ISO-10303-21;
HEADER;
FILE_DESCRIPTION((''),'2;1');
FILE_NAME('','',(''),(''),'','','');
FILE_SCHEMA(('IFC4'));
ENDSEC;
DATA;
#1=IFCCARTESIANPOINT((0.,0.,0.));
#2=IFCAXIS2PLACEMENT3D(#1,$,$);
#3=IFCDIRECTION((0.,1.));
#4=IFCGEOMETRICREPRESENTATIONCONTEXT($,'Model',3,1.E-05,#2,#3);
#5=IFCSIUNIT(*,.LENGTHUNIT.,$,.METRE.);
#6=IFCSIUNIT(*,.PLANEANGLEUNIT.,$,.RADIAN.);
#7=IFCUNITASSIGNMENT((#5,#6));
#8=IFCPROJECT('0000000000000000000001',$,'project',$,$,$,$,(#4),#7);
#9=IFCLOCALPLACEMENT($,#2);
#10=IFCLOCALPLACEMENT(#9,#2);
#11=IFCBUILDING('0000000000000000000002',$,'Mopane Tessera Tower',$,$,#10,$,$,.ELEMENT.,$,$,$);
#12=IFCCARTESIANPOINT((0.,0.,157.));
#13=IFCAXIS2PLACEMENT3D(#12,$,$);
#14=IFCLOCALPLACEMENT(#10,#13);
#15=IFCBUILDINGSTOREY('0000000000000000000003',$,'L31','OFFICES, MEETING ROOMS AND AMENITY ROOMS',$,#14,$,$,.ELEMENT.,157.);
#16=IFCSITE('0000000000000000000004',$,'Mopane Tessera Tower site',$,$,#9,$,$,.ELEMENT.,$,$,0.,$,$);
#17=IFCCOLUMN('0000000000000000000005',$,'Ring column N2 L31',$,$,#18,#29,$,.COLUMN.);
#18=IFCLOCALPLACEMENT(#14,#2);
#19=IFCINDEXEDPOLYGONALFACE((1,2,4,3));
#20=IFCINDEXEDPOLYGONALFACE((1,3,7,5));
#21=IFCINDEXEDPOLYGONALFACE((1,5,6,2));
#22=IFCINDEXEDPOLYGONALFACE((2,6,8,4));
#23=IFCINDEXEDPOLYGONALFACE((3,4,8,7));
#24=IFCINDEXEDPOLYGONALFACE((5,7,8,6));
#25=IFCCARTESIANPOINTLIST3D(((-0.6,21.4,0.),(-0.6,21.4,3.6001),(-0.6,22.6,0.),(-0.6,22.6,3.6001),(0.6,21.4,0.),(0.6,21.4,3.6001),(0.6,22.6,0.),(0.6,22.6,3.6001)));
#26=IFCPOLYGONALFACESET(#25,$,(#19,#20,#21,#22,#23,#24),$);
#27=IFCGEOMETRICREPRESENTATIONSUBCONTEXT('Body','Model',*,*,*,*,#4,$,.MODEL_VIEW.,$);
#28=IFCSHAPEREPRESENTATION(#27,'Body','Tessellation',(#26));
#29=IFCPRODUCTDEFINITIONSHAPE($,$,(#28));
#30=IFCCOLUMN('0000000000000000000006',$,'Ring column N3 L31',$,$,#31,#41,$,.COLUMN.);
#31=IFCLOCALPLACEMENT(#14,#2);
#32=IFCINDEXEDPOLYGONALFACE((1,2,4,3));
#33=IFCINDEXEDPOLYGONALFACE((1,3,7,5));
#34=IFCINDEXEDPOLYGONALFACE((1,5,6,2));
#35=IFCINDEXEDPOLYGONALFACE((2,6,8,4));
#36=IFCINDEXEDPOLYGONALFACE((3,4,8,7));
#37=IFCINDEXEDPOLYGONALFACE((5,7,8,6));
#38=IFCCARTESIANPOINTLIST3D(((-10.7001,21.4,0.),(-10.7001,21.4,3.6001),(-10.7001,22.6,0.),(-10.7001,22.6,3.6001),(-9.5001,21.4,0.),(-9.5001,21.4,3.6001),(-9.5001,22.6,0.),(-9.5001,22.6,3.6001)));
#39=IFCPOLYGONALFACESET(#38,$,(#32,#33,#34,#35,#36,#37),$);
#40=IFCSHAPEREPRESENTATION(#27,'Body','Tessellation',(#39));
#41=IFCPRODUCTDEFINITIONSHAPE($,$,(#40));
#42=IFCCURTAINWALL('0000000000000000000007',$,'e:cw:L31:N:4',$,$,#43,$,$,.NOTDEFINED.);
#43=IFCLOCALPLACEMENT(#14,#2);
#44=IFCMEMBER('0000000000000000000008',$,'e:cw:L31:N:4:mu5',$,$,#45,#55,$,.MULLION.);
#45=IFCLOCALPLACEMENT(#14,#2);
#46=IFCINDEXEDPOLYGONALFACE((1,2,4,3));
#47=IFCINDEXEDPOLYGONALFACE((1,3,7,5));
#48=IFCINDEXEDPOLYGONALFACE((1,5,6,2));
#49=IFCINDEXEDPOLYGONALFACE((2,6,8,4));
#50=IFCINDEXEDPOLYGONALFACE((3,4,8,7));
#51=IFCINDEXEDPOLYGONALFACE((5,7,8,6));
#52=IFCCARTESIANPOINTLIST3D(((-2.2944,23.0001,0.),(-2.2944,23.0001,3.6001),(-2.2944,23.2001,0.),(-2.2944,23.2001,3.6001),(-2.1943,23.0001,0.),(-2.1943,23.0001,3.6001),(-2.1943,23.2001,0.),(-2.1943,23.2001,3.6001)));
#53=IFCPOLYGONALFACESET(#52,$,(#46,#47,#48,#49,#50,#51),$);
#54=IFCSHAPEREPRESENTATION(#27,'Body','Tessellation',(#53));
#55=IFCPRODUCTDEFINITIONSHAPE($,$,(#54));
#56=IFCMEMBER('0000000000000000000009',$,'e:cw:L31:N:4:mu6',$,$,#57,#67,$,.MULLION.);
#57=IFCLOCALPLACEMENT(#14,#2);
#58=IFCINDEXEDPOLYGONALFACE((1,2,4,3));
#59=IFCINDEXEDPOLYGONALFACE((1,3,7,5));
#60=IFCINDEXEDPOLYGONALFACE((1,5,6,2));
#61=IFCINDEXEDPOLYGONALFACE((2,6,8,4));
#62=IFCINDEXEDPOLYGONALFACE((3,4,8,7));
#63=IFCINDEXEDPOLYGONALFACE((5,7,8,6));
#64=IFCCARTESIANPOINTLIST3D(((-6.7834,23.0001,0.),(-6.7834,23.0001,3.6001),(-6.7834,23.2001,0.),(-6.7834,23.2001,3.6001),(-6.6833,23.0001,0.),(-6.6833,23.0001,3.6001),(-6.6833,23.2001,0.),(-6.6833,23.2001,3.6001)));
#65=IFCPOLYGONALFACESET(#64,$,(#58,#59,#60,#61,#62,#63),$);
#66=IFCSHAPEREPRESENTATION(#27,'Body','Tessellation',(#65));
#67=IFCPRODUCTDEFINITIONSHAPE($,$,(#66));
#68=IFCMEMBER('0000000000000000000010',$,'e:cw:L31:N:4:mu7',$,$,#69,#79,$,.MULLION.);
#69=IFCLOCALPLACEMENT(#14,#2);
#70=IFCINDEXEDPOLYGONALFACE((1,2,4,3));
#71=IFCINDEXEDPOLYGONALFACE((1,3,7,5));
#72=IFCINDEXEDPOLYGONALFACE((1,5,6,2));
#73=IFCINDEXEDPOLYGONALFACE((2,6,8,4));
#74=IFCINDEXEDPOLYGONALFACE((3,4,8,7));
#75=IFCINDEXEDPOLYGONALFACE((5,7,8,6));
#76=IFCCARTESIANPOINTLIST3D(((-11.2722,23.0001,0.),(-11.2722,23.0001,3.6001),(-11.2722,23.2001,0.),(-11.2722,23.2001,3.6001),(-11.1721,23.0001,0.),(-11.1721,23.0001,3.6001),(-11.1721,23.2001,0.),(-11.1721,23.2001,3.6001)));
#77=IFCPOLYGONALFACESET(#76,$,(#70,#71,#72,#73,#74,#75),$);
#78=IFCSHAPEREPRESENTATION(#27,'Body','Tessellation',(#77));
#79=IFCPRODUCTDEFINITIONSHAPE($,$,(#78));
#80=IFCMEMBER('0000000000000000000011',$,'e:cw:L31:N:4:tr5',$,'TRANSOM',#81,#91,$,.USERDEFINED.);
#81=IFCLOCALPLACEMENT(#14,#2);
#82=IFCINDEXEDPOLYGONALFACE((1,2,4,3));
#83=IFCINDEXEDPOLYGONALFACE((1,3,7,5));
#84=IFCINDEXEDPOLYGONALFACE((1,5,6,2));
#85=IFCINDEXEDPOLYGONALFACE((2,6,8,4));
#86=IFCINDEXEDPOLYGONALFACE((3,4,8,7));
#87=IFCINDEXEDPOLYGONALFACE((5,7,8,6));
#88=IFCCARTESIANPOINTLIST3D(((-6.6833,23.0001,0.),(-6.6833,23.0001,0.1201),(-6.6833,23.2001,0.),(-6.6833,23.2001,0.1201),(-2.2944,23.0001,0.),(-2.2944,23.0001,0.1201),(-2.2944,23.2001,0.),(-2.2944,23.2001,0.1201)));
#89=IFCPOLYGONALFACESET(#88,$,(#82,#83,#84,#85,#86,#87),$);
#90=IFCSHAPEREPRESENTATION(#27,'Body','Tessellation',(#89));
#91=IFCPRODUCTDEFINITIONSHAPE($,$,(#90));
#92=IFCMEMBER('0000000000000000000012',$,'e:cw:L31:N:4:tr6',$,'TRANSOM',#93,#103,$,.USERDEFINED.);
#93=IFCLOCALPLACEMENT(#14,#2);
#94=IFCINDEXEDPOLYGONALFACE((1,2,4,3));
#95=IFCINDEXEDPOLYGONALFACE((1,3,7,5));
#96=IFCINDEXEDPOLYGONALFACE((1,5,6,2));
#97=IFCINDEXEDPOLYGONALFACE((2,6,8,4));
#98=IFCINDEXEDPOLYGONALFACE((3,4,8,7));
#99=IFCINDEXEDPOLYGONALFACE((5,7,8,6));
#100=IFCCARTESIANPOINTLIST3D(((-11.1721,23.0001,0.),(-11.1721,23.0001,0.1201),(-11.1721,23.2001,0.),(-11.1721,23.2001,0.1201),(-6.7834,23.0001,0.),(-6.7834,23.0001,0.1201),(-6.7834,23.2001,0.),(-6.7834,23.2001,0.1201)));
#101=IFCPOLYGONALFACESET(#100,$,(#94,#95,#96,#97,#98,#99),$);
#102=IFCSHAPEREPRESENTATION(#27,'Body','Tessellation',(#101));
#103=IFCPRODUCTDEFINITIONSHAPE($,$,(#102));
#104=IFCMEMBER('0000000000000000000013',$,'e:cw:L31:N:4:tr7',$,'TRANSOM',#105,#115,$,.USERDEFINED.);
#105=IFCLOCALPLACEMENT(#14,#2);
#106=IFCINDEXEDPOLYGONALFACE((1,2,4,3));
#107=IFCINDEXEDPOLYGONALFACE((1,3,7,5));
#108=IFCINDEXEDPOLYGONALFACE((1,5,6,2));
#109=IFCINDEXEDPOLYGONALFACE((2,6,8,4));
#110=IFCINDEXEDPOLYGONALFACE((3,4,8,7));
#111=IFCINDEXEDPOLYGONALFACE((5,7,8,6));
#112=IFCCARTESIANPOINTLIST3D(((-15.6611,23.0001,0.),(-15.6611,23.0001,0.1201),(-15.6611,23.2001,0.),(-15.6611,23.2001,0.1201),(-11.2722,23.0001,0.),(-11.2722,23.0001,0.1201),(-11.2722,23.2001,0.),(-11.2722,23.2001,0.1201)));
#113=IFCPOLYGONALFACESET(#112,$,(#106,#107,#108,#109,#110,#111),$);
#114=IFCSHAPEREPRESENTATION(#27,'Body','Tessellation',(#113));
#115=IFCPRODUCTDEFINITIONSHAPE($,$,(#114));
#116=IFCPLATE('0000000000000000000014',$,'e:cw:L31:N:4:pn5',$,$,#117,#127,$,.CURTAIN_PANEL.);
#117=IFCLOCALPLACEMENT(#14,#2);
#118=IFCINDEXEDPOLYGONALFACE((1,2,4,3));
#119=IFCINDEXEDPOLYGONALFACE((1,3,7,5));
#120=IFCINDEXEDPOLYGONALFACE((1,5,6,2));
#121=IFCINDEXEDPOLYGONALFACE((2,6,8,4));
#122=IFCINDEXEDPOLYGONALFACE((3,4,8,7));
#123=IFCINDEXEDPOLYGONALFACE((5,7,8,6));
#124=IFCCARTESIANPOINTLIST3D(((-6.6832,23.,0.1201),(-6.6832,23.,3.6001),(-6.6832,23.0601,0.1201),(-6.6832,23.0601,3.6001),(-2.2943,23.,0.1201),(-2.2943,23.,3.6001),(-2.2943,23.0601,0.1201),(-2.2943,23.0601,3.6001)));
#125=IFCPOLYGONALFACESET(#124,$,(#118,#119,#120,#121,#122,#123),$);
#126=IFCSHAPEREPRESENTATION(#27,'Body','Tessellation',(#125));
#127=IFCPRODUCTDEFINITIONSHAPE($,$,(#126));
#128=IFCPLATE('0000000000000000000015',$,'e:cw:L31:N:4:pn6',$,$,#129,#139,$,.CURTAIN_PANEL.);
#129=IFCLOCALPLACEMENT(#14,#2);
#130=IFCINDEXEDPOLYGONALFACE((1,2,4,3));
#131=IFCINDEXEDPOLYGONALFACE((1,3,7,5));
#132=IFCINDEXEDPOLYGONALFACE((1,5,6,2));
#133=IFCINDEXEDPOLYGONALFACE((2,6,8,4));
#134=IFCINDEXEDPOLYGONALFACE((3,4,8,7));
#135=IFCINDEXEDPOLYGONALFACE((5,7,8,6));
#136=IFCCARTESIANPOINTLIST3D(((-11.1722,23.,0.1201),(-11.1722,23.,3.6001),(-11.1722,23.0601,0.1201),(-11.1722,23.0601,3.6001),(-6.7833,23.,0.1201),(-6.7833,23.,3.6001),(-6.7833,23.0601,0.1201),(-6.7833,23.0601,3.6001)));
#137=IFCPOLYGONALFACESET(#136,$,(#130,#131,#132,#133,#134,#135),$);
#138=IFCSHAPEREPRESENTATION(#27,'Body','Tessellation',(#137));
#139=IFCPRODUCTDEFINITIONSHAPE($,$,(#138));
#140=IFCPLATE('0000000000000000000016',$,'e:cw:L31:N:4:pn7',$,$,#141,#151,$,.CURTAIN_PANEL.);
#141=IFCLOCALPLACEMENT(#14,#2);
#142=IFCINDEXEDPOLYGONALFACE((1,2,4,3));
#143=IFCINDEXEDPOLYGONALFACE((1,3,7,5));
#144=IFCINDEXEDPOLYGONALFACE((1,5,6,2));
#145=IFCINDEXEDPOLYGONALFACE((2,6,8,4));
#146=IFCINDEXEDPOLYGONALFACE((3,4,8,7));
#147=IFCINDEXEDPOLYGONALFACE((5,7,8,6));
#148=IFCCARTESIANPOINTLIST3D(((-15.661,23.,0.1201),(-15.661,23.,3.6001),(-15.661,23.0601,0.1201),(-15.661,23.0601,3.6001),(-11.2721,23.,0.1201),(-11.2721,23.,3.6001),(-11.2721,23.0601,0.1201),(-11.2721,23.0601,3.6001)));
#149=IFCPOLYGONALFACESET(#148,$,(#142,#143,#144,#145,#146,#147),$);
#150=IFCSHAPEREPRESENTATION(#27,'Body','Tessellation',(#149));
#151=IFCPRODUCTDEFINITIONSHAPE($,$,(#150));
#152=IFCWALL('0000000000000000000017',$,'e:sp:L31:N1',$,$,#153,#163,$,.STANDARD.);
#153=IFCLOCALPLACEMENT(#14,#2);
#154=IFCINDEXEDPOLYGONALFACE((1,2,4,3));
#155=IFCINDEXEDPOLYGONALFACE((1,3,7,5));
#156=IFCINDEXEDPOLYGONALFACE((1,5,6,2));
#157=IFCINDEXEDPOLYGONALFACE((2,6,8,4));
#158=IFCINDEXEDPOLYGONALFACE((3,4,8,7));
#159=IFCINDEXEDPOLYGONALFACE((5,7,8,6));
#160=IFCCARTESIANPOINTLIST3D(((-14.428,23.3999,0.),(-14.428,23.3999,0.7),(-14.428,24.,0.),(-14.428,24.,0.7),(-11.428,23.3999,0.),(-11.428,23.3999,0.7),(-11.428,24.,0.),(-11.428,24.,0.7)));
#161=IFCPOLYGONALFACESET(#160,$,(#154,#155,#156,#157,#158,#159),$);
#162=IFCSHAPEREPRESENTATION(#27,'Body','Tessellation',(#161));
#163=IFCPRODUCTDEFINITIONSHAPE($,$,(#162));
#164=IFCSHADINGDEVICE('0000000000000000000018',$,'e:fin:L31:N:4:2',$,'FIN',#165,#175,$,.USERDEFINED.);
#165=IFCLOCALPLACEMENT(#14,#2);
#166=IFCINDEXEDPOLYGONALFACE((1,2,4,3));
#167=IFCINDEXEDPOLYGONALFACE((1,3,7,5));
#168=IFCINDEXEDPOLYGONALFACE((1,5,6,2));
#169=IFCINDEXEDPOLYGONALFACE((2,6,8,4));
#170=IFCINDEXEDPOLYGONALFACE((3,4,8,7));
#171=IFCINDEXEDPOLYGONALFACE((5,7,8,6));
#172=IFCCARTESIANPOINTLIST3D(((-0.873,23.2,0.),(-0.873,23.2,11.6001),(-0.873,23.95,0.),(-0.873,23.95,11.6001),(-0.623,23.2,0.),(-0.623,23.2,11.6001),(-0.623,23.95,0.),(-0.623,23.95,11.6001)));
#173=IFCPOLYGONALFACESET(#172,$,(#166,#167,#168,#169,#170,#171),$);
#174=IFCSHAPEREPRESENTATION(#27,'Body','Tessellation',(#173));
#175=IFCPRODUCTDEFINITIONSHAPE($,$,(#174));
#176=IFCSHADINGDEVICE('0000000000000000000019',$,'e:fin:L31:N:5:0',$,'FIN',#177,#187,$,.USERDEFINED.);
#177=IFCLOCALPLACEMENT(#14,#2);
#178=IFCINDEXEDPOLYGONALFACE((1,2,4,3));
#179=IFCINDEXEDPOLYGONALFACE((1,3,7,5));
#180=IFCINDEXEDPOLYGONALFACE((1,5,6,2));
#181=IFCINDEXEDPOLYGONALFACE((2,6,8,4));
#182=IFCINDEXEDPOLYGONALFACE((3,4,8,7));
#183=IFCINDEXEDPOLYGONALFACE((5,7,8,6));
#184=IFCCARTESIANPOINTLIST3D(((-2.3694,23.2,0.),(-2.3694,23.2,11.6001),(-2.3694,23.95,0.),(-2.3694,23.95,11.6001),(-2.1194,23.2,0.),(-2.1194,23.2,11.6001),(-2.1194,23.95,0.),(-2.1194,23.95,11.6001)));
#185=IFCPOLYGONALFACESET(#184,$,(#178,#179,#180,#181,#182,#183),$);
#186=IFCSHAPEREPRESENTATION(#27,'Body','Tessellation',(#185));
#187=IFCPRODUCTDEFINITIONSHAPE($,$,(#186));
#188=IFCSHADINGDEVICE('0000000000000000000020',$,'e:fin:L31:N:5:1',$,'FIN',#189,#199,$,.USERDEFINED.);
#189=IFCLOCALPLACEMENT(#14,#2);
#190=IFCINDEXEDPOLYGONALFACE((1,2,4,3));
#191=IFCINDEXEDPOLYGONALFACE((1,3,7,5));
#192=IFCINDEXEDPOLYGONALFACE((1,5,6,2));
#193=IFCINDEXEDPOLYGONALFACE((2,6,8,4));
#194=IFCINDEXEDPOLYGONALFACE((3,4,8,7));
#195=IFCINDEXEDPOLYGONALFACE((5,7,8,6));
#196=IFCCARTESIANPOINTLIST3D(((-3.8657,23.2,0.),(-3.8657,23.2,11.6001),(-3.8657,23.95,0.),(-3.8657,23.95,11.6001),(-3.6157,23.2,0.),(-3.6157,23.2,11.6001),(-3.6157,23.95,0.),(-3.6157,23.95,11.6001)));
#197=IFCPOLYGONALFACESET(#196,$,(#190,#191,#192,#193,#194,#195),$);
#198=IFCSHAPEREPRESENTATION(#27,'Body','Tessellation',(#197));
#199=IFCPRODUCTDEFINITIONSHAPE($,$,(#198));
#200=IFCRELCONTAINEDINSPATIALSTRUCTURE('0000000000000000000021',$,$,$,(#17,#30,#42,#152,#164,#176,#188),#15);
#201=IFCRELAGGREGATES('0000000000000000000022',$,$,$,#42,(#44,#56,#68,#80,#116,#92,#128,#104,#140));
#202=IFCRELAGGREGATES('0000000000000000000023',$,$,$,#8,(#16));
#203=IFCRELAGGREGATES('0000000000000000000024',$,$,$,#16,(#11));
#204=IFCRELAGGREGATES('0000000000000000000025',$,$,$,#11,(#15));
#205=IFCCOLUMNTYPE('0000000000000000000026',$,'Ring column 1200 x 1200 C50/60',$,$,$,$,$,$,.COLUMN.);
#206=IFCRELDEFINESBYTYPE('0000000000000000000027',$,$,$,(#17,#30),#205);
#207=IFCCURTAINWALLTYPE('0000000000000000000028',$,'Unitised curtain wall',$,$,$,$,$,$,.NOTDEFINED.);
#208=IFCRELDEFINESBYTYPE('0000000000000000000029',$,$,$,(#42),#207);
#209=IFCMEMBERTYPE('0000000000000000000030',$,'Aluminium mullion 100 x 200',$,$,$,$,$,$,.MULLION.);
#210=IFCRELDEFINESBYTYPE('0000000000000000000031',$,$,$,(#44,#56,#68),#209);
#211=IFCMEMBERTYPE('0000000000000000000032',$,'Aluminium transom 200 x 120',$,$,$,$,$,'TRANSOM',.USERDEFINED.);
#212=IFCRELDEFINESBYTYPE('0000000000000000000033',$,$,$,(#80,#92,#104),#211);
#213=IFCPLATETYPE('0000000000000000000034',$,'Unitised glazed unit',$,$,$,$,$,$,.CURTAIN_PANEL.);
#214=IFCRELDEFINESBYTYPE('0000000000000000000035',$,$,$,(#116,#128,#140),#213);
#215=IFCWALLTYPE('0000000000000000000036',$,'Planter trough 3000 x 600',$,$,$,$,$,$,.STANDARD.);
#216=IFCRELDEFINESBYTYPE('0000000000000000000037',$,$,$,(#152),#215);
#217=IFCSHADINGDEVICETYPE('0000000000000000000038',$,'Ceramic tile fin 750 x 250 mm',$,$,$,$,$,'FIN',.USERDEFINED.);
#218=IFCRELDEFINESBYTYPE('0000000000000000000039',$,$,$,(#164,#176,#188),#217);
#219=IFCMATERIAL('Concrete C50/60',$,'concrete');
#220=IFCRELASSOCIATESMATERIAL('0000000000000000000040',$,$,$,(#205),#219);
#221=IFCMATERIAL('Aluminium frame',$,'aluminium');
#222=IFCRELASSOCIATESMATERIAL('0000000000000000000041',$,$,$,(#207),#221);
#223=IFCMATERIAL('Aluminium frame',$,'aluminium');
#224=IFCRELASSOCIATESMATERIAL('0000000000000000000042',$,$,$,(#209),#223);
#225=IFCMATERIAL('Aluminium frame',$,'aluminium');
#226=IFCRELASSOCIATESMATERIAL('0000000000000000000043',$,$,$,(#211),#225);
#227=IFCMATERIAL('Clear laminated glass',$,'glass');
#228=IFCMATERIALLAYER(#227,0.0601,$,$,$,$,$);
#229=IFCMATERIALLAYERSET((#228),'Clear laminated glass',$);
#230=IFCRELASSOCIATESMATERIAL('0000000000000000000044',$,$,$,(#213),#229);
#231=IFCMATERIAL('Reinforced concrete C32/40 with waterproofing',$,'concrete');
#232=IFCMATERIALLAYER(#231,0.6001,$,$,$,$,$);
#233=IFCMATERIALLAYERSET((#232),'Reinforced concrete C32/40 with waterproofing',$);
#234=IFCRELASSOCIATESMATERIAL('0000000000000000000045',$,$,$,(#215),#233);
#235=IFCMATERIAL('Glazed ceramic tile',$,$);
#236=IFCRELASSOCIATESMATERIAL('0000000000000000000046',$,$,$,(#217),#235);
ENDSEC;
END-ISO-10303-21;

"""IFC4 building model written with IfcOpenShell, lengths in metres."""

from ifc_helpers import new_model, si_unit, direction, frame, frame_2d, origin, origin_2d, place, context, subcontext, project, spatial, rectangle, extrude, material, layer, layer_set, material_profile, profile_set, type_object, element, aggregate, save


model = new_model("IFC4")

# Units and contexts
model_context = context("Model", 3, precision=1e-05, world=origin(), true_north=direction((0.0, 1.0)))
body_context = subcontext(model_context, "Body", "Model", "MODEL_VIEW")
ifc_project = project(units=[si_unit("LENGTHUNIT", "METRE"), si_unit("PLANEANGLEUNIT", "RADIAN")], contexts=[model_context])

# Site, building, storey
site_placement = place(None, origin())
site = spatial("IfcSite", under=ifc_project, at=site_placement, Name="Mopane Tessera Tower site", CompositionType="ELEMENT", RefElevation=0.0)
building_placement = place(site_placement, origin())
building = spatial("IfcBuilding", under=site, at=building_placement, Name="Mopane Tessera Tower", CompositionType="ELEMENT")
storey_placement = place(building_placement, frame((0.0, 0.0, 157.0)))
storey = spatial("IfcBuildingStorey", under=building, at=storey_placement, Name="L31", Description="OFFICES, MEETING ROOMS AND AMENITY ROOMS", CompositionType="ELEMENT", Elevation=157.0)

# Columns
ifc_material_1 = material(Name="Concrete C50/60", Category="concrete")
ifc_material_profile_1 = material_profile(ifc_material_1, rectangle(XDim=1.2, YDim=1.2, at=origin_2d()))
ifc_profile_set_1 = profile_set([ifc_material_profile_1], Name="Concrete C50/60")
column_type = type_object("IfcColumnType", Name="Ring column 1200 x 1200 C50/60", PredefinedType="COLUMN", material=ifc_profile_set_1)
for number, where, z_axis, x_axis, name in (
    (1, (0.0, 22.0, 0.0), (0.0, 0.0, 1.0), (1.0, 0.0, 0.0), "Ring column N2 L31"),
    (2, (-10.1001, 22.0, 0.0), (0.0, 0.0, 1.0), (1.0, 0.0, 0.0), "Ring column N3 L31"),
):
    element("IfcColumn", number, at=place(storey_placement, frame(where, z_axis=z_axis, x_axis=x_axis)), inside=storey, type_object=column_type, Name=name, PredefinedType="COLUMN", context=body_context, shape_type="SweptSolid", body=[
        extrude(rectangle(XDim=1.2, YDim=1.2, at=origin_2d()), origin(), (0.0, 0.0, 1.0), 3.6001),
    ])

# Curtain wall, members, plates
ifc_material_2 = material(Name="Aluminium frame", Category="aluminium")
curtain_wall_type = type_object("IfcCurtainWallType", Name="Unitised curtain wall", PredefinedType="NOTDEFINED", material=ifc_material_2)
curtain_wall_placement = place(storey_placement, origin())
curtain_wall = element("IfcCurtainWall", 3, at=curtain_wall_placement, inside=storey, type_object=curtain_wall_type, Name="e:cw:L31:N:4", PredefinedType="NOTDEFINED")
ifc_material_3 = material(Name="Aluminium frame", Category="aluminium")
ifc_material_profile_2 = material_profile(ifc_material_3, rectangle(XDim=0.1001, YDim=0.2, at=origin_2d()))
ifc_profile_set_2 = profile_set([ifc_material_profile_2], Name="Aluminium frame")
member_type_1 = type_object("IfcMemberType", Name="Aluminium mullion 100 x 200", PredefinedType="MULLION", material=ifc_profile_set_2)
member_1_placement = place(storey_placement, frame((-2.2444, 23.1001, 0.0), z_axis=(0.0, 0.0, 1.0), x_axis=(-1.0, 0.0, 0.0)))
member_1 = element("IfcMember", 4, at=member_1_placement, type_object=member_type_1, Name="e:cw:L31:N:4:mu5", PredefinedType="MULLION", context=body_context, shape_type="SweptSolid", body=[
    extrude(rectangle(XDim=0.1001, YDim=0.2, at=origin_2d()), origin(), (0.0, 0.0, 1.0), 3.6001),
])
member_2_placement = place(storey_placement, frame((-6.7334, 23.1001, 0.0), z_axis=(0.0, 0.0, 1.0), x_axis=(-1.0, 0.0, 0.0)))
member_2 = element("IfcMember", 5, at=member_2_placement, type_object=member_type_1, Name="e:cw:L31:N:4:mu6", PredefinedType="MULLION", context=body_context, shape_type="SweptSolid", body=[
    extrude(rectangle(XDim=0.1001, YDim=0.2, at=origin_2d()), origin(), (0.0, 0.0, 1.0), 3.6001),
])
member_3_placement = place(storey_placement, frame((-11.2222, 23.1001, 0.0), z_axis=(0.0, 0.0, 1.0), x_axis=(-1.0, 0.0, 0.0)))
member_3 = element("IfcMember", 6, at=member_3_placement, type_object=member_type_1, Name="e:cw:L31:N:4:mu7", PredefinedType="MULLION", context=body_context, shape_type="SweptSolid", body=[
    extrude(rectangle(XDim=0.1001, YDim=0.2, at=origin_2d()), origin(), (0.0, 0.0, 1.0), 3.6001),
])
ifc_material_4 = material(Name="Aluminium frame", Category="aluminium")
ifc_material_profile_3 = material_profile(ifc_material_4, rectangle(XDim=0.2, YDim=0.1201, at=origin_2d()))
ifc_profile_set_3 = profile_set([ifc_material_profile_3], Name="Aluminium frame")
member_type_2 = type_object("IfcMemberType", Name="Aluminium transom 200 x 120", ElementType="TRANSOM", PredefinedType="USERDEFINED", material=ifc_profile_set_3)
member_4_placement = place(storey_placement, frame((-2.2944, 23.1001, 0.0601), z_axis=(-1.0, 0.0, 0.0), x_axis=(0.0, -1.0, 0.0)))
member_4 = element("IfcMember", 7, at=member_4_placement, type_object=member_type_2, Name="e:cw:L31:N:4:tr5", ObjectType="TRANSOM", PredefinedType="USERDEFINED", context=body_context, shape_type="SweptSolid", body=[
    extrude(rectangle(XDim=0.2, YDim=0.1201, at=origin_2d()), origin(), (0.0, 0.0, 1.0), 4.3889),
])
member_5_placement = place(storey_placement, frame((-6.7834, 23.1001, 0.0601), z_axis=(-1.0, 0.0, 0.0), x_axis=(0.0, -1.0, 0.0)))
member_5 = element("IfcMember", 8, at=member_5_placement, type_object=member_type_2, Name="e:cw:L31:N:4:tr6", ObjectType="TRANSOM", PredefinedType="USERDEFINED", context=body_context, shape_type="SweptSolid", body=[
    extrude(rectangle(XDim=0.2, YDim=0.1201, at=origin_2d()), origin(), (0.0, 0.0, 1.0), 4.3887),
])
member_6_placement = place(storey_placement, frame((-11.2722, 23.1001, 0.0601), z_axis=(-1.0, 0.0, 0.0), x_axis=(0.0, -1.0, 0.0)))
member_6 = element("IfcMember", 9, at=member_6_placement, type_object=member_type_2, Name="e:cw:L31:N:4:tr7", ObjectType="TRANSOM", PredefinedType="USERDEFINED", context=body_context, shape_type="SweptSolid", body=[
    extrude(rectangle(XDim=0.2, YDim=0.1201, at=origin_2d()), origin(), (0.0, 0.0, 1.0), 4.3889),
])
ifc_material_5 = material(Name="Clear laminated glass", Category="glass")
ifc_layer_1 = layer(ifc_material_5, 0.0601)
ifc_layer_set_1 = layer_set([ifc_layer_1], Name="Clear laminated glass")
plate_type = type_object("IfcPlateType", Name="Unitised glazed unit", PredefinedType="CURTAIN_PANEL", material=ifc_layer_set_1)
plate_1_placement = place(storey_placement, frame((-4.4888, 23.03, 0.1201), z_axis=(0.0, 0.0, 1.0), x_axis=(-1.0, 0.0, 0.0)))
plate_1 = element("IfcPlate", 10, at=plate_1_placement, type_object=plate_type, Name="e:cw:L31:N:4:pn5", PredefinedType="CURTAIN_PANEL", context=body_context, shape_type="SweptSolid", body=[
    extrude(rectangle(XDim=4.3889, YDim=0.0601, at=origin_2d()), origin(), (0.0, 0.0, 1.0), 3.48),
])
plate_2_placement = place(storey_placement, frame((-8.9778, 23.03, 0.1201), z_axis=(0.0, 0.0, 1.0), x_axis=(-1.0, 0.0, 0.0)))
plate_2 = element("IfcPlate", 11, at=plate_2_placement, type_object=plate_type, Name="e:cw:L31:N:4:pn6", PredefinedType="CURTAIN_PANEL", context=body_context, shape_type="SweptSolid", body=[
    extrude(rectangle(XDim=4.3889, YDim=0.0601, at=origin_2d()), origin(), (0.0, 0.0, 1.0), 3.48),
])
plate_3_placement = place(storey_placement, frame((-13.4666, 23.03, 0.1201), z_axis=(0.0, 0.0, 1.0), x_axis=(-1.0, 0.0, 0.0)))
plate_3 = element("IfcPlate", 12, at=plate_3_placement, type_object=plate_type, Name="e:cw:L31:N:4:pn7", PredefinedType="CURTAIN_PANEL", context=body_context, shape_type="SweptSolid", body=[
    extrude(rectangle(XDim=4.3889, YDim=0.0601, at=origin_2d()), origin(), (0.0, 0.0, 1.0), 3.48),
])
aggregate(curtain_wall, [member_1, member_2, member_3, member_4, plate_1, member_5, plate_2, member_6, plate_3])

# Wall
ifc_material_6 = material(Name="Reinforced concrete C32/40 with waterproofing", Category="concrete")
ifc_layer_2 = layer(ifc_material_6, 0.6001)
ifc_layer_set_2 = layer_set([ifc_layer_2], Name="Reinforced concrete C32/40 with waterproofing")
wall_type = type_object("IfcWallType", Name="Planter trough 3000 x 600", PredefinedType="STANDARD", material=ifc_layer_set_2)
wall_placement = place(storey_placement, frame((-11.428, 23.7, 0.0), z_axis=(0.0, 0.0, 1.0), x_axis=(-1.0, 0.0, 0.0)))
element("IfcWall", 13, at=wall_placement, inside=storey, type_object=wall_type, Name="e:sp:L31:N1", PredefinedType="STANDARD", context=body_context, shape_type="SweptSolid", body=[
    extrude(rectangle(XDim=3.0, YDim=0.6001, at=frame_2d((1.5, 0.0))), origin(), (0.0, 0.0, 1.0), 0.7),
])

# Shading devices
ifc_material_7 = material(Name="Glazed ceramic tile")
shading_device_type = type_object("IfcShadingDeviceType", Name="Ceramic tile fin 750 x 250 mm", ElementType="FIN", PredefinedType="USERDEFINED", material=ifc_material_7)
for number, where, z_axis, x_axis, name in (
    (14, (-0.748, 23.575, 0.0), (0.0, 0.0, 1.0), (-1.0, 0.0, 0.0), "e:fin:L31:N:4:2"),
    (15, (-2.2444, 23.575, 0.0), (0.0, 0.0, 1.0), (-1.0, 0.0, 0.0), "e:fin:L31:N:5:0"),
    (16, (-3.7407, 23.575, 0.0), (0.0, 0.0, 1.0), (-1.0, 0.0, 0.0), "e:fin:L31:N:5:1"),
):
    element("IfcShadingDevice", number, at=place(storey_placement, frame(where, z_axis=z_axis, x_axis=x_axis)), inside=storey, type_object=shading_device_type, Name=name, ObjectType="FIN", PredefinedType="USERDEFINED", context=body_context, shape_type="SweptSolid", body=[
        extrude(rectangle(XDim=0.25, YDim=0.75, at=origin_2d()), origin(), (0.0, 0.0, 1.0), 11.6001),
    ])

save(model, "model.ifc")
